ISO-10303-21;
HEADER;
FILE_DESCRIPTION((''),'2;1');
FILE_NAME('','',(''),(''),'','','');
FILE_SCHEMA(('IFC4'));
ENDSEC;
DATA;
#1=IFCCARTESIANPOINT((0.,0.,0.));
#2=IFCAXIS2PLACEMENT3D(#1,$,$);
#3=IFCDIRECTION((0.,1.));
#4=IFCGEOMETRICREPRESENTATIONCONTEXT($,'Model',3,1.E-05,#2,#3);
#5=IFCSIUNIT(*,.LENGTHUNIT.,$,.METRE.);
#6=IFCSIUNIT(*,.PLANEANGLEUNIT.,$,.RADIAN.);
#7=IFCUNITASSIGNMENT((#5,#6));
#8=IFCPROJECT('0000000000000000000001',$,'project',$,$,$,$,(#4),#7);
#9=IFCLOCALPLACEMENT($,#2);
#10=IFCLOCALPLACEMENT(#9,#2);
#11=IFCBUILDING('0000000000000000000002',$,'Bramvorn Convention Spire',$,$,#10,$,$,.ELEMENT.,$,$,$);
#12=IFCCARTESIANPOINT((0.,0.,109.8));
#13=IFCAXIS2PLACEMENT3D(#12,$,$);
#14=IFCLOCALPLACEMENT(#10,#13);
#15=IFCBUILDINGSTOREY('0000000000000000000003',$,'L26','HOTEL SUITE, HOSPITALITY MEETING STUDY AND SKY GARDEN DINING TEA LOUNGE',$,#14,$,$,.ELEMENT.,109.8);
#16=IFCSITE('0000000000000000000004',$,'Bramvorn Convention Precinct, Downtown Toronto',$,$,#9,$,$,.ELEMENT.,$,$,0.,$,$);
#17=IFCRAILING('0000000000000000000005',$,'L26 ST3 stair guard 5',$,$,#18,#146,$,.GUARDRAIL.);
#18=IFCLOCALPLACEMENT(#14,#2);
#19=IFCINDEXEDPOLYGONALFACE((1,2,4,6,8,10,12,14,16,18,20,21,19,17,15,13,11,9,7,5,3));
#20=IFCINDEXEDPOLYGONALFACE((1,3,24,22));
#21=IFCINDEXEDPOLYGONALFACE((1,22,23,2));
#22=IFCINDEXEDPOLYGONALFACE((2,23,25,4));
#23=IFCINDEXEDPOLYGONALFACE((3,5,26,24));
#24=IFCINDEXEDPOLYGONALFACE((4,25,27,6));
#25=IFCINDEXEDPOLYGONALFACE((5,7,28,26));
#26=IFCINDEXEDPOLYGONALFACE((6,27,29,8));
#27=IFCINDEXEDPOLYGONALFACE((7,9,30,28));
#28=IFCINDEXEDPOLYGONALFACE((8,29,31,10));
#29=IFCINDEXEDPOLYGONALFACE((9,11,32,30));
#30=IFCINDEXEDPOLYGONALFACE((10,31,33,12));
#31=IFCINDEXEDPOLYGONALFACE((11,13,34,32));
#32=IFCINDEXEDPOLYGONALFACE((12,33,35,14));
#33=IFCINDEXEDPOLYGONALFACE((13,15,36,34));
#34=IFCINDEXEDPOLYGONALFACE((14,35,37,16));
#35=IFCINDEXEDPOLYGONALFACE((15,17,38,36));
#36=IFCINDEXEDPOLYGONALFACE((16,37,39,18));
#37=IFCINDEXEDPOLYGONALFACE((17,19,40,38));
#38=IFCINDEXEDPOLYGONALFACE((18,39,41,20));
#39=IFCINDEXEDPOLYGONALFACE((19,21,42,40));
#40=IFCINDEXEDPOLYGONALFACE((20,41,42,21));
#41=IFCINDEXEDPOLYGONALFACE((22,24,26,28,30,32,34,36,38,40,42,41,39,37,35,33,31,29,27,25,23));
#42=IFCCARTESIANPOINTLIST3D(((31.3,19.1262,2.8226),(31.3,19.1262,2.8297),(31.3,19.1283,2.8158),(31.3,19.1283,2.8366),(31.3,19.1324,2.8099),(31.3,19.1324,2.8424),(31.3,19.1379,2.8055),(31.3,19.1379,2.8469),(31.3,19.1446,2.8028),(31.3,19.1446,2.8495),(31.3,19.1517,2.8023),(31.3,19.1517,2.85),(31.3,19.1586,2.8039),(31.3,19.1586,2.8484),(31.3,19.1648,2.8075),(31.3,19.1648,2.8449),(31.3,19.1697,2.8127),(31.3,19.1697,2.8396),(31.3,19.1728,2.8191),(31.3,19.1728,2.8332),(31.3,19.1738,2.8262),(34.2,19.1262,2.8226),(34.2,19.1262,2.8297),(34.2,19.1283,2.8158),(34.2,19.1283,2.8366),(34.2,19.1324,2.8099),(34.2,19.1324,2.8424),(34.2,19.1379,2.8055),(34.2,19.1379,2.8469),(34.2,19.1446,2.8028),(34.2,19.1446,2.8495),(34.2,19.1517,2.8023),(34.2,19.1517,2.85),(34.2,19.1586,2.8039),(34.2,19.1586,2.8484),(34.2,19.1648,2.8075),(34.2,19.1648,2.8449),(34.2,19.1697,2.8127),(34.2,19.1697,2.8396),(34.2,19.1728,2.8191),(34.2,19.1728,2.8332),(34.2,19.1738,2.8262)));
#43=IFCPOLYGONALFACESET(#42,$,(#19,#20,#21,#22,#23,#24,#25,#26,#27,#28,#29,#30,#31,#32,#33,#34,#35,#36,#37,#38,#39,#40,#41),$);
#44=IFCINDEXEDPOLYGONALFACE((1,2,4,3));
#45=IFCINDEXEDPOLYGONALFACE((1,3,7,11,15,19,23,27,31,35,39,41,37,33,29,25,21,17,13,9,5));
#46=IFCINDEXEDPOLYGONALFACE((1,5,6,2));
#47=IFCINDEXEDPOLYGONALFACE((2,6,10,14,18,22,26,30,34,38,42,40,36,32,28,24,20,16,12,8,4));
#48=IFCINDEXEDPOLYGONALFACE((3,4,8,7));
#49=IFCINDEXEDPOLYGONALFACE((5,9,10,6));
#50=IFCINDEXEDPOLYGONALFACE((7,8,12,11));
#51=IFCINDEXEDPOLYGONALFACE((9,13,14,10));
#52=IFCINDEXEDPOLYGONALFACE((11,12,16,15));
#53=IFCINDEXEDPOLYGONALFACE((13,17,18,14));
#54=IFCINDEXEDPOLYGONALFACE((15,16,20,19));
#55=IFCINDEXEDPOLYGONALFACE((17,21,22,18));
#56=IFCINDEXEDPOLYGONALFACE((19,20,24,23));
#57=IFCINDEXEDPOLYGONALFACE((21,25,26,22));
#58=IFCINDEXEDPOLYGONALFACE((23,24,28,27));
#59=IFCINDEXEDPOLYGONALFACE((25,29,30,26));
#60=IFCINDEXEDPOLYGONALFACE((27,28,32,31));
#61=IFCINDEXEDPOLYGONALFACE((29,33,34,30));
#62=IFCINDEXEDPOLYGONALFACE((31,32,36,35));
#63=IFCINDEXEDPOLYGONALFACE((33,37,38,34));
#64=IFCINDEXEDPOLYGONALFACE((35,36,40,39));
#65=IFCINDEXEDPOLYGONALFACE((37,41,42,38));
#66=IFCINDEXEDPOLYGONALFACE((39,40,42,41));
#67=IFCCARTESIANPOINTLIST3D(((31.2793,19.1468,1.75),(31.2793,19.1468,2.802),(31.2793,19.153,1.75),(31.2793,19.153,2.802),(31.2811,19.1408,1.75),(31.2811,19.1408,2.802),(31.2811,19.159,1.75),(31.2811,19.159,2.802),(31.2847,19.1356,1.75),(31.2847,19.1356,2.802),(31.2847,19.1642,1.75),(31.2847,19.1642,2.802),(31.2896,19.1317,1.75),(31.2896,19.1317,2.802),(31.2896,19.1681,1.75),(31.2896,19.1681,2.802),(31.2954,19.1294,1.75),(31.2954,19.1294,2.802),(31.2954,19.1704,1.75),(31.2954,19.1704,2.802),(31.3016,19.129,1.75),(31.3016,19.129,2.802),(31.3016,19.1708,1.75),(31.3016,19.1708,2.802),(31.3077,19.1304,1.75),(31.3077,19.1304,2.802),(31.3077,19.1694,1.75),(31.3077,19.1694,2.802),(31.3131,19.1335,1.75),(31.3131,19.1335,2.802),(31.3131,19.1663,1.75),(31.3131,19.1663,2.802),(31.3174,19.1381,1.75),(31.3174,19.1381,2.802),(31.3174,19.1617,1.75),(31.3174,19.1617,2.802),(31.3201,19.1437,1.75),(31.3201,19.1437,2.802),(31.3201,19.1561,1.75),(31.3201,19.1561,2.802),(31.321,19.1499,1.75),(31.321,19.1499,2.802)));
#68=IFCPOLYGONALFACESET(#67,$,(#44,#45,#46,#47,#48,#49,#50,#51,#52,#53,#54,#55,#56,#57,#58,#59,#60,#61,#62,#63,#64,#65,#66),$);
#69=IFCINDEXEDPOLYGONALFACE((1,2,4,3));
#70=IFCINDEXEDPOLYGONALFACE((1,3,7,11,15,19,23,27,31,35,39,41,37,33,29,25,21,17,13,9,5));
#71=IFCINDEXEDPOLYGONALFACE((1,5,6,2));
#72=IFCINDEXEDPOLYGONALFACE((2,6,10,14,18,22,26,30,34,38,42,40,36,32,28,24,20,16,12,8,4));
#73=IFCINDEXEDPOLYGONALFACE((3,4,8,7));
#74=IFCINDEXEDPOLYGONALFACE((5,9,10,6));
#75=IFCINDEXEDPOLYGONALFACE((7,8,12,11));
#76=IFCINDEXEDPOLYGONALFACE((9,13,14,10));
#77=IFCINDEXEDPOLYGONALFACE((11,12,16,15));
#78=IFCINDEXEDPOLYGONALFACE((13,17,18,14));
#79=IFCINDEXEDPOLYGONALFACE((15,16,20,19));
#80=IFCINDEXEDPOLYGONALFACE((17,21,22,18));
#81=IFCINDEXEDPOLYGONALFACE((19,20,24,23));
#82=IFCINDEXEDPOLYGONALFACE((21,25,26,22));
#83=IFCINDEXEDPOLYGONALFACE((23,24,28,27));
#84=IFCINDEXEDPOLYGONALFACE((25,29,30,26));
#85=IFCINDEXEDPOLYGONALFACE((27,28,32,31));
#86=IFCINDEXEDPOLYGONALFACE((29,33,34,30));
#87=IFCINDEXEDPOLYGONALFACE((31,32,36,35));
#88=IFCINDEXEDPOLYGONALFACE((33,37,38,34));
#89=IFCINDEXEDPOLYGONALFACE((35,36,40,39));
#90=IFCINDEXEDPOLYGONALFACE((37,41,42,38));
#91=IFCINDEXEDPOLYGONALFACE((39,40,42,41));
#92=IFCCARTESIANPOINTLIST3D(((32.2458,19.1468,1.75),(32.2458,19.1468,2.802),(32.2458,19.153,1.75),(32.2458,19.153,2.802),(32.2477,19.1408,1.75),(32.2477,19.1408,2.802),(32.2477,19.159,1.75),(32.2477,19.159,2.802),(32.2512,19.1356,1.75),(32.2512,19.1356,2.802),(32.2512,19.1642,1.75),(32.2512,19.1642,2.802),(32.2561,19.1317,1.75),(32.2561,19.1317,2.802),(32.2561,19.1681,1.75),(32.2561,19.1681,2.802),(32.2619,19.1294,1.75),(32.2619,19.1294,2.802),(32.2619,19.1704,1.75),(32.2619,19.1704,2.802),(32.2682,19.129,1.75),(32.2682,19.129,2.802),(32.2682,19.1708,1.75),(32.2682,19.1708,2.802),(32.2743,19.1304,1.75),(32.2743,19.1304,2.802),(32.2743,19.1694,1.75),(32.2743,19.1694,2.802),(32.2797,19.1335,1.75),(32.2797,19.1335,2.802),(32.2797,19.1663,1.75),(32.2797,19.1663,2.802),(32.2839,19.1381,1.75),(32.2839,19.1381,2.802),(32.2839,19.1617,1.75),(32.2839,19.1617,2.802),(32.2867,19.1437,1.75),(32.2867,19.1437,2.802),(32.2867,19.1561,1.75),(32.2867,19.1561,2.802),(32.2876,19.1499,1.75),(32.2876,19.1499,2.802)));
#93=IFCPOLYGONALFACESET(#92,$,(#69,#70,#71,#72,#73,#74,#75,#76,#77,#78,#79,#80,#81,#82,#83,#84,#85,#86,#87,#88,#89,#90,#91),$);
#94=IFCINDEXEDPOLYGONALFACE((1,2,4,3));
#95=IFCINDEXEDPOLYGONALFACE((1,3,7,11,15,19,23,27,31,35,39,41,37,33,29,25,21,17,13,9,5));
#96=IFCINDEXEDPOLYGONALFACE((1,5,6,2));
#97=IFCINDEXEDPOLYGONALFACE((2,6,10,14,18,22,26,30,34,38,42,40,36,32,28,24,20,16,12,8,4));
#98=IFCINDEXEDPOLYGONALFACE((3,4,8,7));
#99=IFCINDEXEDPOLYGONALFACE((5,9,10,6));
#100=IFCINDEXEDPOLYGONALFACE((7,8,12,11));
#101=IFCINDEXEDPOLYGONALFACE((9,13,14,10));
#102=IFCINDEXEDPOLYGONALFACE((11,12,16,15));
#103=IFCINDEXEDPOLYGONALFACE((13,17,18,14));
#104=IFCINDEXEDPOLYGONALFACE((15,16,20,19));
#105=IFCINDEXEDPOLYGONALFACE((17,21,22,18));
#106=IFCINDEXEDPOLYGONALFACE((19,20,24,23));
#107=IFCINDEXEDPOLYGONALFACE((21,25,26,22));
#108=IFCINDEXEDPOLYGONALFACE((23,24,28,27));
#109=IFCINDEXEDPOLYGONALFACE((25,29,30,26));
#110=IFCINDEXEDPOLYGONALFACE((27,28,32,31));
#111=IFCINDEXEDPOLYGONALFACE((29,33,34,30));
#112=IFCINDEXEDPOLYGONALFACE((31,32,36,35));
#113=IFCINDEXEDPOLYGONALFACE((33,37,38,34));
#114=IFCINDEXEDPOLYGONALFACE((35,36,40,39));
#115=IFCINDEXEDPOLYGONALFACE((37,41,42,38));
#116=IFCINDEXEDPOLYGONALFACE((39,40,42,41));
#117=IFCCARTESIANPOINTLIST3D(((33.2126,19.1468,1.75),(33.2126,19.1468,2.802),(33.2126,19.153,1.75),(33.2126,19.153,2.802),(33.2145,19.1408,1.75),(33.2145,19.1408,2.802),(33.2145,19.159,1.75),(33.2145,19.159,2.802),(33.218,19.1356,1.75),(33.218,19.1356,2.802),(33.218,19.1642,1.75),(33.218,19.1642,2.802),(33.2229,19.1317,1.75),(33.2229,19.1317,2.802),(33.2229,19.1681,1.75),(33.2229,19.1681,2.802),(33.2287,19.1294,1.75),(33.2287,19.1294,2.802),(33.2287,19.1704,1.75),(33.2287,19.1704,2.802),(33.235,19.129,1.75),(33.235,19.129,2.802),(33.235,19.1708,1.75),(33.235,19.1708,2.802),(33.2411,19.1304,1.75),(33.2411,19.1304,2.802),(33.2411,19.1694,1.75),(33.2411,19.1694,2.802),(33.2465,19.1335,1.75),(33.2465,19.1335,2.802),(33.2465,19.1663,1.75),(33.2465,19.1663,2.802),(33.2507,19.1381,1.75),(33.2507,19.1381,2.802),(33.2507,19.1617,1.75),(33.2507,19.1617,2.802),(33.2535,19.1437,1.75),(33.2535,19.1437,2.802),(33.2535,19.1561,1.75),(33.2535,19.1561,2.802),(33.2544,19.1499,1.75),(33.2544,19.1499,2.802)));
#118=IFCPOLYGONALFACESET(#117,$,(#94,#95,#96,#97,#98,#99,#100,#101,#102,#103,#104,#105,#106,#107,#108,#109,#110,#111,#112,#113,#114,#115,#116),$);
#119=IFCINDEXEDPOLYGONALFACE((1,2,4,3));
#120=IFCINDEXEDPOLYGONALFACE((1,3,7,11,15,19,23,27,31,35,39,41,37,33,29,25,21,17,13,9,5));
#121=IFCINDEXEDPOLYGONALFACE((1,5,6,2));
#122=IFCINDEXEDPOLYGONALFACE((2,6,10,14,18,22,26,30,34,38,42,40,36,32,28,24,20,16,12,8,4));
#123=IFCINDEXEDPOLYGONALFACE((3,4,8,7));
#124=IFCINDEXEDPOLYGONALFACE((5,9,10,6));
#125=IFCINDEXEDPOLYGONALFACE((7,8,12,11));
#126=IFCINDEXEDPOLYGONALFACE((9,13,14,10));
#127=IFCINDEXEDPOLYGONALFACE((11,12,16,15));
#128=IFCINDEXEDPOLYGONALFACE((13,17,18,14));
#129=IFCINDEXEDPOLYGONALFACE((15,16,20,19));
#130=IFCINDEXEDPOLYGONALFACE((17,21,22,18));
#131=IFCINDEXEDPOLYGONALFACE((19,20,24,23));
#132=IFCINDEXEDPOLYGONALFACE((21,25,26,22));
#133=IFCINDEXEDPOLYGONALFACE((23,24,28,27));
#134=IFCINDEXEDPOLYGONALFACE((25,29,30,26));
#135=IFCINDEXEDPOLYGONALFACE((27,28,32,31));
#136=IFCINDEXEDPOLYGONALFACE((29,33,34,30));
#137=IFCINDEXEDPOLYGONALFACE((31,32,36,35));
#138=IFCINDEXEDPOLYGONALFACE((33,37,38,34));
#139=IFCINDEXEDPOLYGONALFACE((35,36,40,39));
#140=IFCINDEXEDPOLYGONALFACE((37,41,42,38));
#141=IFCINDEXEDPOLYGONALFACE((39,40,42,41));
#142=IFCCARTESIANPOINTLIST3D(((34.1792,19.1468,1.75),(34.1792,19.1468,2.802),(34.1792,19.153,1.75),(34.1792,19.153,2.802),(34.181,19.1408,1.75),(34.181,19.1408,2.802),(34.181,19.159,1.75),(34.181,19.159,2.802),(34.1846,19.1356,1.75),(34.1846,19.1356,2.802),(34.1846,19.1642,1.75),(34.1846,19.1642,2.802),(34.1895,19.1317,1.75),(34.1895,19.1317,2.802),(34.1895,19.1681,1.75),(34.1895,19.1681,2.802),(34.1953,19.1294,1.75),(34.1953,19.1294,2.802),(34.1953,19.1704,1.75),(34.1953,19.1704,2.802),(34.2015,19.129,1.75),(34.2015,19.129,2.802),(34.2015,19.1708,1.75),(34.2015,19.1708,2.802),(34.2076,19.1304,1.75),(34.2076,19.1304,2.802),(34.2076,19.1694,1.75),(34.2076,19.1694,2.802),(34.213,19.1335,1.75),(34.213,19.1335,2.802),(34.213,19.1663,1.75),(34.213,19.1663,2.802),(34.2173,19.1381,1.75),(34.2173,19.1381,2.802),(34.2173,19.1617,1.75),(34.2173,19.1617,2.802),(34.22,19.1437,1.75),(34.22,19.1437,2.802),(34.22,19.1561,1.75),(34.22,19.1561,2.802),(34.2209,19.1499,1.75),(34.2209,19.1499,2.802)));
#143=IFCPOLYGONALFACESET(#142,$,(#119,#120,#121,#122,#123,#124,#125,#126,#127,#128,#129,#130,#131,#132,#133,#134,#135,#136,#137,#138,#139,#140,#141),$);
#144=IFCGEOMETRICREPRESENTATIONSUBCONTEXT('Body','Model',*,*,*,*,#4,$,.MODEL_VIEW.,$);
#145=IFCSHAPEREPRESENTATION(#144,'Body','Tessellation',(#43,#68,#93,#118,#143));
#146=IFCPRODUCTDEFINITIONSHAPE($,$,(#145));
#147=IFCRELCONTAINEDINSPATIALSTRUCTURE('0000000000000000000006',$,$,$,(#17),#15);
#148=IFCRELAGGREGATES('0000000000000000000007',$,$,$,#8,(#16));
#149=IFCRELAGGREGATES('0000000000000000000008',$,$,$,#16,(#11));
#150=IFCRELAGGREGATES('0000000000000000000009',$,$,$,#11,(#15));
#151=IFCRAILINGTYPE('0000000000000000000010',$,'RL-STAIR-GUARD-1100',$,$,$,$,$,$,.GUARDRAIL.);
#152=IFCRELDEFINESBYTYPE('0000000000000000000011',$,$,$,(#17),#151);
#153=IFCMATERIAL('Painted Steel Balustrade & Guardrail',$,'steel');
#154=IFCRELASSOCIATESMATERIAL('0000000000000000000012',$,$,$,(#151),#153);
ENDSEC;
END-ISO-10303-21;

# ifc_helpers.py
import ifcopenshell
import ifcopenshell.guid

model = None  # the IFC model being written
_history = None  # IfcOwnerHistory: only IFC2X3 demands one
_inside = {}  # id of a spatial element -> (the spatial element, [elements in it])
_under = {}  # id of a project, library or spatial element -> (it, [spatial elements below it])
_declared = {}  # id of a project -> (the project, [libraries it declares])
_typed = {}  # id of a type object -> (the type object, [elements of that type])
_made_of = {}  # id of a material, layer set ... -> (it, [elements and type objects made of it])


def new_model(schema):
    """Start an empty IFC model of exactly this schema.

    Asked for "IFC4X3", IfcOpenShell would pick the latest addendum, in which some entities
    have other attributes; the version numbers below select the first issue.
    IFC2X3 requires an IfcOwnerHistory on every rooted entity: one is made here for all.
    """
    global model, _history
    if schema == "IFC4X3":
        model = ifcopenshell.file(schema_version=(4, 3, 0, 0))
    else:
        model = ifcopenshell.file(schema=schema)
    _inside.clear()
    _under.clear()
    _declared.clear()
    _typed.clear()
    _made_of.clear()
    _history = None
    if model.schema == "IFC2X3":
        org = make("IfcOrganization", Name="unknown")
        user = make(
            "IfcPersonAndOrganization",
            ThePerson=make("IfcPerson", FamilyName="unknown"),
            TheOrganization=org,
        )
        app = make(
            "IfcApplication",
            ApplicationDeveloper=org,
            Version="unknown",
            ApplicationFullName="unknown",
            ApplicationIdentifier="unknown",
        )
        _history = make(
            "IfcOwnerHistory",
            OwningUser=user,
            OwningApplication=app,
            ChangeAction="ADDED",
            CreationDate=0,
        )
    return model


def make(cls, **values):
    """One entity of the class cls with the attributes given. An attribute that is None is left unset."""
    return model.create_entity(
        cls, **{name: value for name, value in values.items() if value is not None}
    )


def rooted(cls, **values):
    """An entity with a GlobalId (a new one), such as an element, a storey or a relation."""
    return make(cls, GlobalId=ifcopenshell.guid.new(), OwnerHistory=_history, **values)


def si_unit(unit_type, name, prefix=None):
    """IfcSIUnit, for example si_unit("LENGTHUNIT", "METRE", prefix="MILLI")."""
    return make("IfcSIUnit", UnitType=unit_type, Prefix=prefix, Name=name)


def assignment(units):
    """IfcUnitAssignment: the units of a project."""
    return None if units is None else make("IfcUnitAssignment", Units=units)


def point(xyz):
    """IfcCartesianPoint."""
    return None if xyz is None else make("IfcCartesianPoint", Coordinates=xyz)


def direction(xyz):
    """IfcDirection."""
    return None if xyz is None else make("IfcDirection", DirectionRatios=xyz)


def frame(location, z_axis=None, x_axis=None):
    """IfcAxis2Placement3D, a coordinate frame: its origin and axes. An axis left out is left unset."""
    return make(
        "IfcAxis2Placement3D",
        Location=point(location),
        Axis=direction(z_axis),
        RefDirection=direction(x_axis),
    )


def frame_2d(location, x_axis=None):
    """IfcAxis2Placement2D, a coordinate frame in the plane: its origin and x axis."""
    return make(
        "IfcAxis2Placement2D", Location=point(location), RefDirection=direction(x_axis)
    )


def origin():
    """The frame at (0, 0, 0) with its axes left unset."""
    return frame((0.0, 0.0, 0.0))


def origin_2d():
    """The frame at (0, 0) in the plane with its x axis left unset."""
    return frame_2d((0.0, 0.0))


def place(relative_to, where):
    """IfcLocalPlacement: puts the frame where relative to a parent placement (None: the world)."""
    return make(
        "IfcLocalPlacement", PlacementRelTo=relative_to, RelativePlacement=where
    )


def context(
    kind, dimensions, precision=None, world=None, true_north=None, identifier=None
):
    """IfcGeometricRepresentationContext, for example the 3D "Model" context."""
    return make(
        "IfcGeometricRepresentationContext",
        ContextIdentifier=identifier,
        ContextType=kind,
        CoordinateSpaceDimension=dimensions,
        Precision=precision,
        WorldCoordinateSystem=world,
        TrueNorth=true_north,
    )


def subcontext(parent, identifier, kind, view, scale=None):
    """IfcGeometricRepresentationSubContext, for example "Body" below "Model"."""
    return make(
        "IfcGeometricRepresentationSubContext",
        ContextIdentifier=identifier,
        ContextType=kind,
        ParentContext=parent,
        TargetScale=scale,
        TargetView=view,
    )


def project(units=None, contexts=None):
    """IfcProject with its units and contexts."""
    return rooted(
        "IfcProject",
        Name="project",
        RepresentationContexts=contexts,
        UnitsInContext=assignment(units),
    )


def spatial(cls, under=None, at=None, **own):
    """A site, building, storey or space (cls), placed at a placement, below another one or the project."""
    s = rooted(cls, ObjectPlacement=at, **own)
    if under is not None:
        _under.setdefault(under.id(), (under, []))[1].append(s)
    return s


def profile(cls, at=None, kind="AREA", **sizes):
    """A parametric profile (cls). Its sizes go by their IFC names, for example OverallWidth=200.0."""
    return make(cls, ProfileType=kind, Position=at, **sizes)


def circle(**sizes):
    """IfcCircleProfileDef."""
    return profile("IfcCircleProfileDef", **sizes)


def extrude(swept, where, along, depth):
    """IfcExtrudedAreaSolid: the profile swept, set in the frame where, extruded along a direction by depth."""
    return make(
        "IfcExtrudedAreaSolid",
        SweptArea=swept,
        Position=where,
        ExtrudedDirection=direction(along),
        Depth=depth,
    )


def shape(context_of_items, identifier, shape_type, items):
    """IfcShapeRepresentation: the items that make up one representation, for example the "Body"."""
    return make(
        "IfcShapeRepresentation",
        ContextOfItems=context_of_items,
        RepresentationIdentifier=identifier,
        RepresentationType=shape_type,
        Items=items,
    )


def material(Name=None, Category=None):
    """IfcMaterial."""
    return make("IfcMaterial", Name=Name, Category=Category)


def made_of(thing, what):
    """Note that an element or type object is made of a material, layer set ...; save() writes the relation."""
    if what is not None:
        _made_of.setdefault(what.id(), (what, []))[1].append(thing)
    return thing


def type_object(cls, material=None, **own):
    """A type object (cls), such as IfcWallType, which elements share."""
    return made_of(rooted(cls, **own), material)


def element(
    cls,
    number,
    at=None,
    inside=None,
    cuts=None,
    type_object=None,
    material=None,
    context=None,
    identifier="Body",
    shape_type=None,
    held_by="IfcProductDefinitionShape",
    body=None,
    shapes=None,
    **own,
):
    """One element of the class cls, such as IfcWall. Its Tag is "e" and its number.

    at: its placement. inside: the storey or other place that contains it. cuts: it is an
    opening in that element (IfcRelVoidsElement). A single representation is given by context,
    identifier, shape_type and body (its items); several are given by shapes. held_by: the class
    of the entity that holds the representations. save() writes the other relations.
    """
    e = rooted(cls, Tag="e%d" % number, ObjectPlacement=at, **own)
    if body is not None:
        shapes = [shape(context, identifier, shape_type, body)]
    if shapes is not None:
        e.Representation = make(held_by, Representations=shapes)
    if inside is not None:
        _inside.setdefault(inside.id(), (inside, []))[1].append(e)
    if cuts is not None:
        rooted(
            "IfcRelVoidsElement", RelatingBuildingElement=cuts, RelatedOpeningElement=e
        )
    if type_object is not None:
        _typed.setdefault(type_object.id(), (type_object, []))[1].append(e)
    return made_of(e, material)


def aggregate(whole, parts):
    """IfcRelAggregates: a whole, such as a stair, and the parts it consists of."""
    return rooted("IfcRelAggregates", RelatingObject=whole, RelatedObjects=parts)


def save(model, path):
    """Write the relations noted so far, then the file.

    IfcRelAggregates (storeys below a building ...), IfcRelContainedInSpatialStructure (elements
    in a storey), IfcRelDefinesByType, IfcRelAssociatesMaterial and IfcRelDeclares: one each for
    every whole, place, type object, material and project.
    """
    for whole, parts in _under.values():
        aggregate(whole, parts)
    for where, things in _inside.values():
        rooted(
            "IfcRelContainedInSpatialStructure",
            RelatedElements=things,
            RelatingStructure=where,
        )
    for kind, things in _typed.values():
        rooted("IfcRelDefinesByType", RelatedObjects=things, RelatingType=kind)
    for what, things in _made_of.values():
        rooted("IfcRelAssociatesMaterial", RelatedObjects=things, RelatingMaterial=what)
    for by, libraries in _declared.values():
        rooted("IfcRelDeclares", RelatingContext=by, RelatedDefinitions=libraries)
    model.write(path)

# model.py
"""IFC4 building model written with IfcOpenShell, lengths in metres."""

from ifc_helpers import new_model, si_unit, direction, frame, origin, origin_2d, place, context, subcontext, project, spatial, circle, extrude, material, type_object, element, save


model = new_model("IFC4")

# Units and contexts
model_context = context("Model", 3, precision=1e-05, world=origin(), true_north=direction((0.0, 1.0)))
body_context = subcontext(model_context, "Body", "Model", "MODEL_VIEW")
ifc_project = project(units=[si_unit("LENGTHUNIT", "METRE"), si_unit("PLANEANGLEUNIT", "RADIAN")], contexts=[model_context])

# Site, building, storey
site_placement = place(None, origin())
site = spatial("IfcSite", under=ifc_project, at=site_placement, Name="Bramvorn Convention Precinct, Downtown Toronto", CompositionType="ELEMENT", RefElevation=0.0)
building_placement = place(site_placement, origin())
building = spatial("IfcBuilding", under=site, at=building_placement, Name="Bramvorn Convention Spire", CompositionType="ELEMENT")
storey_placement = place(building_placement, frame((0.0, 0.0, 109.8)))
storey = spatial("IfcBuildingStorey", under=building, at=storey_placement, Name="L26", Description="HOTEL SUITE, HOSPITALITY MEETING STUDY AND SKY GARDEN DINING TEA LOUNGE", CompositionType="ELEMENT", Elevation=109.8)

# Railing
ifc_material_1 = material(Name="Painted Steel Balustrade & Guardrail", Category="steel")
railing_type_1 = type_object("IfcRailingType", Name="RL-STAIR-GUARD-1100", PredefinedType="GUARDRAIL", material=ifc_material_1)
railing_1_placement = place(storey_placement, frame((31.3, 19.1499, 1.75)))
element("IfcRailing", 1, at=railing_1_placement, inside=storey, type_object=railing_type_1, Name="L26 ST3 stair guard 5", PredefinedType="GUARDRAIL", context=body_context, shape_type="SweptSolid", body=[
    extrude(circle(Radius=0.0239, at=origin_2d()), frame((0.0, 0.0, 1.0762), z_axis=(1.0, 0.0, 0.0), x_axis=(0.0, 1.0, 0.0)), (0.0, 0.0, 1.0), 2.8999),
    extrude(circle(Radius=0.021, at=origin_2d()), origin(), (0.0, 0.0, 1.0), 1.052),
    extrude(circle(Radius=0.021, at=origin_2d()), frame((0.9666, 0.0, 0.0)), (0.0, 0.0, 1.0), 1.052),
    extrude(circle(Radius=0.021, at=origin_2d()), frame((1.9333, 0.0, 0.0)), (0.0, 0.0, 1.0), 1.052),
    extrude(circle(Radius=0.021, at=origin_2d()), frame((2.8999, 0.0, 0.0)), (0.0, 0.0, 1.0), 1.052),
])

save(model, "model.ifc")
